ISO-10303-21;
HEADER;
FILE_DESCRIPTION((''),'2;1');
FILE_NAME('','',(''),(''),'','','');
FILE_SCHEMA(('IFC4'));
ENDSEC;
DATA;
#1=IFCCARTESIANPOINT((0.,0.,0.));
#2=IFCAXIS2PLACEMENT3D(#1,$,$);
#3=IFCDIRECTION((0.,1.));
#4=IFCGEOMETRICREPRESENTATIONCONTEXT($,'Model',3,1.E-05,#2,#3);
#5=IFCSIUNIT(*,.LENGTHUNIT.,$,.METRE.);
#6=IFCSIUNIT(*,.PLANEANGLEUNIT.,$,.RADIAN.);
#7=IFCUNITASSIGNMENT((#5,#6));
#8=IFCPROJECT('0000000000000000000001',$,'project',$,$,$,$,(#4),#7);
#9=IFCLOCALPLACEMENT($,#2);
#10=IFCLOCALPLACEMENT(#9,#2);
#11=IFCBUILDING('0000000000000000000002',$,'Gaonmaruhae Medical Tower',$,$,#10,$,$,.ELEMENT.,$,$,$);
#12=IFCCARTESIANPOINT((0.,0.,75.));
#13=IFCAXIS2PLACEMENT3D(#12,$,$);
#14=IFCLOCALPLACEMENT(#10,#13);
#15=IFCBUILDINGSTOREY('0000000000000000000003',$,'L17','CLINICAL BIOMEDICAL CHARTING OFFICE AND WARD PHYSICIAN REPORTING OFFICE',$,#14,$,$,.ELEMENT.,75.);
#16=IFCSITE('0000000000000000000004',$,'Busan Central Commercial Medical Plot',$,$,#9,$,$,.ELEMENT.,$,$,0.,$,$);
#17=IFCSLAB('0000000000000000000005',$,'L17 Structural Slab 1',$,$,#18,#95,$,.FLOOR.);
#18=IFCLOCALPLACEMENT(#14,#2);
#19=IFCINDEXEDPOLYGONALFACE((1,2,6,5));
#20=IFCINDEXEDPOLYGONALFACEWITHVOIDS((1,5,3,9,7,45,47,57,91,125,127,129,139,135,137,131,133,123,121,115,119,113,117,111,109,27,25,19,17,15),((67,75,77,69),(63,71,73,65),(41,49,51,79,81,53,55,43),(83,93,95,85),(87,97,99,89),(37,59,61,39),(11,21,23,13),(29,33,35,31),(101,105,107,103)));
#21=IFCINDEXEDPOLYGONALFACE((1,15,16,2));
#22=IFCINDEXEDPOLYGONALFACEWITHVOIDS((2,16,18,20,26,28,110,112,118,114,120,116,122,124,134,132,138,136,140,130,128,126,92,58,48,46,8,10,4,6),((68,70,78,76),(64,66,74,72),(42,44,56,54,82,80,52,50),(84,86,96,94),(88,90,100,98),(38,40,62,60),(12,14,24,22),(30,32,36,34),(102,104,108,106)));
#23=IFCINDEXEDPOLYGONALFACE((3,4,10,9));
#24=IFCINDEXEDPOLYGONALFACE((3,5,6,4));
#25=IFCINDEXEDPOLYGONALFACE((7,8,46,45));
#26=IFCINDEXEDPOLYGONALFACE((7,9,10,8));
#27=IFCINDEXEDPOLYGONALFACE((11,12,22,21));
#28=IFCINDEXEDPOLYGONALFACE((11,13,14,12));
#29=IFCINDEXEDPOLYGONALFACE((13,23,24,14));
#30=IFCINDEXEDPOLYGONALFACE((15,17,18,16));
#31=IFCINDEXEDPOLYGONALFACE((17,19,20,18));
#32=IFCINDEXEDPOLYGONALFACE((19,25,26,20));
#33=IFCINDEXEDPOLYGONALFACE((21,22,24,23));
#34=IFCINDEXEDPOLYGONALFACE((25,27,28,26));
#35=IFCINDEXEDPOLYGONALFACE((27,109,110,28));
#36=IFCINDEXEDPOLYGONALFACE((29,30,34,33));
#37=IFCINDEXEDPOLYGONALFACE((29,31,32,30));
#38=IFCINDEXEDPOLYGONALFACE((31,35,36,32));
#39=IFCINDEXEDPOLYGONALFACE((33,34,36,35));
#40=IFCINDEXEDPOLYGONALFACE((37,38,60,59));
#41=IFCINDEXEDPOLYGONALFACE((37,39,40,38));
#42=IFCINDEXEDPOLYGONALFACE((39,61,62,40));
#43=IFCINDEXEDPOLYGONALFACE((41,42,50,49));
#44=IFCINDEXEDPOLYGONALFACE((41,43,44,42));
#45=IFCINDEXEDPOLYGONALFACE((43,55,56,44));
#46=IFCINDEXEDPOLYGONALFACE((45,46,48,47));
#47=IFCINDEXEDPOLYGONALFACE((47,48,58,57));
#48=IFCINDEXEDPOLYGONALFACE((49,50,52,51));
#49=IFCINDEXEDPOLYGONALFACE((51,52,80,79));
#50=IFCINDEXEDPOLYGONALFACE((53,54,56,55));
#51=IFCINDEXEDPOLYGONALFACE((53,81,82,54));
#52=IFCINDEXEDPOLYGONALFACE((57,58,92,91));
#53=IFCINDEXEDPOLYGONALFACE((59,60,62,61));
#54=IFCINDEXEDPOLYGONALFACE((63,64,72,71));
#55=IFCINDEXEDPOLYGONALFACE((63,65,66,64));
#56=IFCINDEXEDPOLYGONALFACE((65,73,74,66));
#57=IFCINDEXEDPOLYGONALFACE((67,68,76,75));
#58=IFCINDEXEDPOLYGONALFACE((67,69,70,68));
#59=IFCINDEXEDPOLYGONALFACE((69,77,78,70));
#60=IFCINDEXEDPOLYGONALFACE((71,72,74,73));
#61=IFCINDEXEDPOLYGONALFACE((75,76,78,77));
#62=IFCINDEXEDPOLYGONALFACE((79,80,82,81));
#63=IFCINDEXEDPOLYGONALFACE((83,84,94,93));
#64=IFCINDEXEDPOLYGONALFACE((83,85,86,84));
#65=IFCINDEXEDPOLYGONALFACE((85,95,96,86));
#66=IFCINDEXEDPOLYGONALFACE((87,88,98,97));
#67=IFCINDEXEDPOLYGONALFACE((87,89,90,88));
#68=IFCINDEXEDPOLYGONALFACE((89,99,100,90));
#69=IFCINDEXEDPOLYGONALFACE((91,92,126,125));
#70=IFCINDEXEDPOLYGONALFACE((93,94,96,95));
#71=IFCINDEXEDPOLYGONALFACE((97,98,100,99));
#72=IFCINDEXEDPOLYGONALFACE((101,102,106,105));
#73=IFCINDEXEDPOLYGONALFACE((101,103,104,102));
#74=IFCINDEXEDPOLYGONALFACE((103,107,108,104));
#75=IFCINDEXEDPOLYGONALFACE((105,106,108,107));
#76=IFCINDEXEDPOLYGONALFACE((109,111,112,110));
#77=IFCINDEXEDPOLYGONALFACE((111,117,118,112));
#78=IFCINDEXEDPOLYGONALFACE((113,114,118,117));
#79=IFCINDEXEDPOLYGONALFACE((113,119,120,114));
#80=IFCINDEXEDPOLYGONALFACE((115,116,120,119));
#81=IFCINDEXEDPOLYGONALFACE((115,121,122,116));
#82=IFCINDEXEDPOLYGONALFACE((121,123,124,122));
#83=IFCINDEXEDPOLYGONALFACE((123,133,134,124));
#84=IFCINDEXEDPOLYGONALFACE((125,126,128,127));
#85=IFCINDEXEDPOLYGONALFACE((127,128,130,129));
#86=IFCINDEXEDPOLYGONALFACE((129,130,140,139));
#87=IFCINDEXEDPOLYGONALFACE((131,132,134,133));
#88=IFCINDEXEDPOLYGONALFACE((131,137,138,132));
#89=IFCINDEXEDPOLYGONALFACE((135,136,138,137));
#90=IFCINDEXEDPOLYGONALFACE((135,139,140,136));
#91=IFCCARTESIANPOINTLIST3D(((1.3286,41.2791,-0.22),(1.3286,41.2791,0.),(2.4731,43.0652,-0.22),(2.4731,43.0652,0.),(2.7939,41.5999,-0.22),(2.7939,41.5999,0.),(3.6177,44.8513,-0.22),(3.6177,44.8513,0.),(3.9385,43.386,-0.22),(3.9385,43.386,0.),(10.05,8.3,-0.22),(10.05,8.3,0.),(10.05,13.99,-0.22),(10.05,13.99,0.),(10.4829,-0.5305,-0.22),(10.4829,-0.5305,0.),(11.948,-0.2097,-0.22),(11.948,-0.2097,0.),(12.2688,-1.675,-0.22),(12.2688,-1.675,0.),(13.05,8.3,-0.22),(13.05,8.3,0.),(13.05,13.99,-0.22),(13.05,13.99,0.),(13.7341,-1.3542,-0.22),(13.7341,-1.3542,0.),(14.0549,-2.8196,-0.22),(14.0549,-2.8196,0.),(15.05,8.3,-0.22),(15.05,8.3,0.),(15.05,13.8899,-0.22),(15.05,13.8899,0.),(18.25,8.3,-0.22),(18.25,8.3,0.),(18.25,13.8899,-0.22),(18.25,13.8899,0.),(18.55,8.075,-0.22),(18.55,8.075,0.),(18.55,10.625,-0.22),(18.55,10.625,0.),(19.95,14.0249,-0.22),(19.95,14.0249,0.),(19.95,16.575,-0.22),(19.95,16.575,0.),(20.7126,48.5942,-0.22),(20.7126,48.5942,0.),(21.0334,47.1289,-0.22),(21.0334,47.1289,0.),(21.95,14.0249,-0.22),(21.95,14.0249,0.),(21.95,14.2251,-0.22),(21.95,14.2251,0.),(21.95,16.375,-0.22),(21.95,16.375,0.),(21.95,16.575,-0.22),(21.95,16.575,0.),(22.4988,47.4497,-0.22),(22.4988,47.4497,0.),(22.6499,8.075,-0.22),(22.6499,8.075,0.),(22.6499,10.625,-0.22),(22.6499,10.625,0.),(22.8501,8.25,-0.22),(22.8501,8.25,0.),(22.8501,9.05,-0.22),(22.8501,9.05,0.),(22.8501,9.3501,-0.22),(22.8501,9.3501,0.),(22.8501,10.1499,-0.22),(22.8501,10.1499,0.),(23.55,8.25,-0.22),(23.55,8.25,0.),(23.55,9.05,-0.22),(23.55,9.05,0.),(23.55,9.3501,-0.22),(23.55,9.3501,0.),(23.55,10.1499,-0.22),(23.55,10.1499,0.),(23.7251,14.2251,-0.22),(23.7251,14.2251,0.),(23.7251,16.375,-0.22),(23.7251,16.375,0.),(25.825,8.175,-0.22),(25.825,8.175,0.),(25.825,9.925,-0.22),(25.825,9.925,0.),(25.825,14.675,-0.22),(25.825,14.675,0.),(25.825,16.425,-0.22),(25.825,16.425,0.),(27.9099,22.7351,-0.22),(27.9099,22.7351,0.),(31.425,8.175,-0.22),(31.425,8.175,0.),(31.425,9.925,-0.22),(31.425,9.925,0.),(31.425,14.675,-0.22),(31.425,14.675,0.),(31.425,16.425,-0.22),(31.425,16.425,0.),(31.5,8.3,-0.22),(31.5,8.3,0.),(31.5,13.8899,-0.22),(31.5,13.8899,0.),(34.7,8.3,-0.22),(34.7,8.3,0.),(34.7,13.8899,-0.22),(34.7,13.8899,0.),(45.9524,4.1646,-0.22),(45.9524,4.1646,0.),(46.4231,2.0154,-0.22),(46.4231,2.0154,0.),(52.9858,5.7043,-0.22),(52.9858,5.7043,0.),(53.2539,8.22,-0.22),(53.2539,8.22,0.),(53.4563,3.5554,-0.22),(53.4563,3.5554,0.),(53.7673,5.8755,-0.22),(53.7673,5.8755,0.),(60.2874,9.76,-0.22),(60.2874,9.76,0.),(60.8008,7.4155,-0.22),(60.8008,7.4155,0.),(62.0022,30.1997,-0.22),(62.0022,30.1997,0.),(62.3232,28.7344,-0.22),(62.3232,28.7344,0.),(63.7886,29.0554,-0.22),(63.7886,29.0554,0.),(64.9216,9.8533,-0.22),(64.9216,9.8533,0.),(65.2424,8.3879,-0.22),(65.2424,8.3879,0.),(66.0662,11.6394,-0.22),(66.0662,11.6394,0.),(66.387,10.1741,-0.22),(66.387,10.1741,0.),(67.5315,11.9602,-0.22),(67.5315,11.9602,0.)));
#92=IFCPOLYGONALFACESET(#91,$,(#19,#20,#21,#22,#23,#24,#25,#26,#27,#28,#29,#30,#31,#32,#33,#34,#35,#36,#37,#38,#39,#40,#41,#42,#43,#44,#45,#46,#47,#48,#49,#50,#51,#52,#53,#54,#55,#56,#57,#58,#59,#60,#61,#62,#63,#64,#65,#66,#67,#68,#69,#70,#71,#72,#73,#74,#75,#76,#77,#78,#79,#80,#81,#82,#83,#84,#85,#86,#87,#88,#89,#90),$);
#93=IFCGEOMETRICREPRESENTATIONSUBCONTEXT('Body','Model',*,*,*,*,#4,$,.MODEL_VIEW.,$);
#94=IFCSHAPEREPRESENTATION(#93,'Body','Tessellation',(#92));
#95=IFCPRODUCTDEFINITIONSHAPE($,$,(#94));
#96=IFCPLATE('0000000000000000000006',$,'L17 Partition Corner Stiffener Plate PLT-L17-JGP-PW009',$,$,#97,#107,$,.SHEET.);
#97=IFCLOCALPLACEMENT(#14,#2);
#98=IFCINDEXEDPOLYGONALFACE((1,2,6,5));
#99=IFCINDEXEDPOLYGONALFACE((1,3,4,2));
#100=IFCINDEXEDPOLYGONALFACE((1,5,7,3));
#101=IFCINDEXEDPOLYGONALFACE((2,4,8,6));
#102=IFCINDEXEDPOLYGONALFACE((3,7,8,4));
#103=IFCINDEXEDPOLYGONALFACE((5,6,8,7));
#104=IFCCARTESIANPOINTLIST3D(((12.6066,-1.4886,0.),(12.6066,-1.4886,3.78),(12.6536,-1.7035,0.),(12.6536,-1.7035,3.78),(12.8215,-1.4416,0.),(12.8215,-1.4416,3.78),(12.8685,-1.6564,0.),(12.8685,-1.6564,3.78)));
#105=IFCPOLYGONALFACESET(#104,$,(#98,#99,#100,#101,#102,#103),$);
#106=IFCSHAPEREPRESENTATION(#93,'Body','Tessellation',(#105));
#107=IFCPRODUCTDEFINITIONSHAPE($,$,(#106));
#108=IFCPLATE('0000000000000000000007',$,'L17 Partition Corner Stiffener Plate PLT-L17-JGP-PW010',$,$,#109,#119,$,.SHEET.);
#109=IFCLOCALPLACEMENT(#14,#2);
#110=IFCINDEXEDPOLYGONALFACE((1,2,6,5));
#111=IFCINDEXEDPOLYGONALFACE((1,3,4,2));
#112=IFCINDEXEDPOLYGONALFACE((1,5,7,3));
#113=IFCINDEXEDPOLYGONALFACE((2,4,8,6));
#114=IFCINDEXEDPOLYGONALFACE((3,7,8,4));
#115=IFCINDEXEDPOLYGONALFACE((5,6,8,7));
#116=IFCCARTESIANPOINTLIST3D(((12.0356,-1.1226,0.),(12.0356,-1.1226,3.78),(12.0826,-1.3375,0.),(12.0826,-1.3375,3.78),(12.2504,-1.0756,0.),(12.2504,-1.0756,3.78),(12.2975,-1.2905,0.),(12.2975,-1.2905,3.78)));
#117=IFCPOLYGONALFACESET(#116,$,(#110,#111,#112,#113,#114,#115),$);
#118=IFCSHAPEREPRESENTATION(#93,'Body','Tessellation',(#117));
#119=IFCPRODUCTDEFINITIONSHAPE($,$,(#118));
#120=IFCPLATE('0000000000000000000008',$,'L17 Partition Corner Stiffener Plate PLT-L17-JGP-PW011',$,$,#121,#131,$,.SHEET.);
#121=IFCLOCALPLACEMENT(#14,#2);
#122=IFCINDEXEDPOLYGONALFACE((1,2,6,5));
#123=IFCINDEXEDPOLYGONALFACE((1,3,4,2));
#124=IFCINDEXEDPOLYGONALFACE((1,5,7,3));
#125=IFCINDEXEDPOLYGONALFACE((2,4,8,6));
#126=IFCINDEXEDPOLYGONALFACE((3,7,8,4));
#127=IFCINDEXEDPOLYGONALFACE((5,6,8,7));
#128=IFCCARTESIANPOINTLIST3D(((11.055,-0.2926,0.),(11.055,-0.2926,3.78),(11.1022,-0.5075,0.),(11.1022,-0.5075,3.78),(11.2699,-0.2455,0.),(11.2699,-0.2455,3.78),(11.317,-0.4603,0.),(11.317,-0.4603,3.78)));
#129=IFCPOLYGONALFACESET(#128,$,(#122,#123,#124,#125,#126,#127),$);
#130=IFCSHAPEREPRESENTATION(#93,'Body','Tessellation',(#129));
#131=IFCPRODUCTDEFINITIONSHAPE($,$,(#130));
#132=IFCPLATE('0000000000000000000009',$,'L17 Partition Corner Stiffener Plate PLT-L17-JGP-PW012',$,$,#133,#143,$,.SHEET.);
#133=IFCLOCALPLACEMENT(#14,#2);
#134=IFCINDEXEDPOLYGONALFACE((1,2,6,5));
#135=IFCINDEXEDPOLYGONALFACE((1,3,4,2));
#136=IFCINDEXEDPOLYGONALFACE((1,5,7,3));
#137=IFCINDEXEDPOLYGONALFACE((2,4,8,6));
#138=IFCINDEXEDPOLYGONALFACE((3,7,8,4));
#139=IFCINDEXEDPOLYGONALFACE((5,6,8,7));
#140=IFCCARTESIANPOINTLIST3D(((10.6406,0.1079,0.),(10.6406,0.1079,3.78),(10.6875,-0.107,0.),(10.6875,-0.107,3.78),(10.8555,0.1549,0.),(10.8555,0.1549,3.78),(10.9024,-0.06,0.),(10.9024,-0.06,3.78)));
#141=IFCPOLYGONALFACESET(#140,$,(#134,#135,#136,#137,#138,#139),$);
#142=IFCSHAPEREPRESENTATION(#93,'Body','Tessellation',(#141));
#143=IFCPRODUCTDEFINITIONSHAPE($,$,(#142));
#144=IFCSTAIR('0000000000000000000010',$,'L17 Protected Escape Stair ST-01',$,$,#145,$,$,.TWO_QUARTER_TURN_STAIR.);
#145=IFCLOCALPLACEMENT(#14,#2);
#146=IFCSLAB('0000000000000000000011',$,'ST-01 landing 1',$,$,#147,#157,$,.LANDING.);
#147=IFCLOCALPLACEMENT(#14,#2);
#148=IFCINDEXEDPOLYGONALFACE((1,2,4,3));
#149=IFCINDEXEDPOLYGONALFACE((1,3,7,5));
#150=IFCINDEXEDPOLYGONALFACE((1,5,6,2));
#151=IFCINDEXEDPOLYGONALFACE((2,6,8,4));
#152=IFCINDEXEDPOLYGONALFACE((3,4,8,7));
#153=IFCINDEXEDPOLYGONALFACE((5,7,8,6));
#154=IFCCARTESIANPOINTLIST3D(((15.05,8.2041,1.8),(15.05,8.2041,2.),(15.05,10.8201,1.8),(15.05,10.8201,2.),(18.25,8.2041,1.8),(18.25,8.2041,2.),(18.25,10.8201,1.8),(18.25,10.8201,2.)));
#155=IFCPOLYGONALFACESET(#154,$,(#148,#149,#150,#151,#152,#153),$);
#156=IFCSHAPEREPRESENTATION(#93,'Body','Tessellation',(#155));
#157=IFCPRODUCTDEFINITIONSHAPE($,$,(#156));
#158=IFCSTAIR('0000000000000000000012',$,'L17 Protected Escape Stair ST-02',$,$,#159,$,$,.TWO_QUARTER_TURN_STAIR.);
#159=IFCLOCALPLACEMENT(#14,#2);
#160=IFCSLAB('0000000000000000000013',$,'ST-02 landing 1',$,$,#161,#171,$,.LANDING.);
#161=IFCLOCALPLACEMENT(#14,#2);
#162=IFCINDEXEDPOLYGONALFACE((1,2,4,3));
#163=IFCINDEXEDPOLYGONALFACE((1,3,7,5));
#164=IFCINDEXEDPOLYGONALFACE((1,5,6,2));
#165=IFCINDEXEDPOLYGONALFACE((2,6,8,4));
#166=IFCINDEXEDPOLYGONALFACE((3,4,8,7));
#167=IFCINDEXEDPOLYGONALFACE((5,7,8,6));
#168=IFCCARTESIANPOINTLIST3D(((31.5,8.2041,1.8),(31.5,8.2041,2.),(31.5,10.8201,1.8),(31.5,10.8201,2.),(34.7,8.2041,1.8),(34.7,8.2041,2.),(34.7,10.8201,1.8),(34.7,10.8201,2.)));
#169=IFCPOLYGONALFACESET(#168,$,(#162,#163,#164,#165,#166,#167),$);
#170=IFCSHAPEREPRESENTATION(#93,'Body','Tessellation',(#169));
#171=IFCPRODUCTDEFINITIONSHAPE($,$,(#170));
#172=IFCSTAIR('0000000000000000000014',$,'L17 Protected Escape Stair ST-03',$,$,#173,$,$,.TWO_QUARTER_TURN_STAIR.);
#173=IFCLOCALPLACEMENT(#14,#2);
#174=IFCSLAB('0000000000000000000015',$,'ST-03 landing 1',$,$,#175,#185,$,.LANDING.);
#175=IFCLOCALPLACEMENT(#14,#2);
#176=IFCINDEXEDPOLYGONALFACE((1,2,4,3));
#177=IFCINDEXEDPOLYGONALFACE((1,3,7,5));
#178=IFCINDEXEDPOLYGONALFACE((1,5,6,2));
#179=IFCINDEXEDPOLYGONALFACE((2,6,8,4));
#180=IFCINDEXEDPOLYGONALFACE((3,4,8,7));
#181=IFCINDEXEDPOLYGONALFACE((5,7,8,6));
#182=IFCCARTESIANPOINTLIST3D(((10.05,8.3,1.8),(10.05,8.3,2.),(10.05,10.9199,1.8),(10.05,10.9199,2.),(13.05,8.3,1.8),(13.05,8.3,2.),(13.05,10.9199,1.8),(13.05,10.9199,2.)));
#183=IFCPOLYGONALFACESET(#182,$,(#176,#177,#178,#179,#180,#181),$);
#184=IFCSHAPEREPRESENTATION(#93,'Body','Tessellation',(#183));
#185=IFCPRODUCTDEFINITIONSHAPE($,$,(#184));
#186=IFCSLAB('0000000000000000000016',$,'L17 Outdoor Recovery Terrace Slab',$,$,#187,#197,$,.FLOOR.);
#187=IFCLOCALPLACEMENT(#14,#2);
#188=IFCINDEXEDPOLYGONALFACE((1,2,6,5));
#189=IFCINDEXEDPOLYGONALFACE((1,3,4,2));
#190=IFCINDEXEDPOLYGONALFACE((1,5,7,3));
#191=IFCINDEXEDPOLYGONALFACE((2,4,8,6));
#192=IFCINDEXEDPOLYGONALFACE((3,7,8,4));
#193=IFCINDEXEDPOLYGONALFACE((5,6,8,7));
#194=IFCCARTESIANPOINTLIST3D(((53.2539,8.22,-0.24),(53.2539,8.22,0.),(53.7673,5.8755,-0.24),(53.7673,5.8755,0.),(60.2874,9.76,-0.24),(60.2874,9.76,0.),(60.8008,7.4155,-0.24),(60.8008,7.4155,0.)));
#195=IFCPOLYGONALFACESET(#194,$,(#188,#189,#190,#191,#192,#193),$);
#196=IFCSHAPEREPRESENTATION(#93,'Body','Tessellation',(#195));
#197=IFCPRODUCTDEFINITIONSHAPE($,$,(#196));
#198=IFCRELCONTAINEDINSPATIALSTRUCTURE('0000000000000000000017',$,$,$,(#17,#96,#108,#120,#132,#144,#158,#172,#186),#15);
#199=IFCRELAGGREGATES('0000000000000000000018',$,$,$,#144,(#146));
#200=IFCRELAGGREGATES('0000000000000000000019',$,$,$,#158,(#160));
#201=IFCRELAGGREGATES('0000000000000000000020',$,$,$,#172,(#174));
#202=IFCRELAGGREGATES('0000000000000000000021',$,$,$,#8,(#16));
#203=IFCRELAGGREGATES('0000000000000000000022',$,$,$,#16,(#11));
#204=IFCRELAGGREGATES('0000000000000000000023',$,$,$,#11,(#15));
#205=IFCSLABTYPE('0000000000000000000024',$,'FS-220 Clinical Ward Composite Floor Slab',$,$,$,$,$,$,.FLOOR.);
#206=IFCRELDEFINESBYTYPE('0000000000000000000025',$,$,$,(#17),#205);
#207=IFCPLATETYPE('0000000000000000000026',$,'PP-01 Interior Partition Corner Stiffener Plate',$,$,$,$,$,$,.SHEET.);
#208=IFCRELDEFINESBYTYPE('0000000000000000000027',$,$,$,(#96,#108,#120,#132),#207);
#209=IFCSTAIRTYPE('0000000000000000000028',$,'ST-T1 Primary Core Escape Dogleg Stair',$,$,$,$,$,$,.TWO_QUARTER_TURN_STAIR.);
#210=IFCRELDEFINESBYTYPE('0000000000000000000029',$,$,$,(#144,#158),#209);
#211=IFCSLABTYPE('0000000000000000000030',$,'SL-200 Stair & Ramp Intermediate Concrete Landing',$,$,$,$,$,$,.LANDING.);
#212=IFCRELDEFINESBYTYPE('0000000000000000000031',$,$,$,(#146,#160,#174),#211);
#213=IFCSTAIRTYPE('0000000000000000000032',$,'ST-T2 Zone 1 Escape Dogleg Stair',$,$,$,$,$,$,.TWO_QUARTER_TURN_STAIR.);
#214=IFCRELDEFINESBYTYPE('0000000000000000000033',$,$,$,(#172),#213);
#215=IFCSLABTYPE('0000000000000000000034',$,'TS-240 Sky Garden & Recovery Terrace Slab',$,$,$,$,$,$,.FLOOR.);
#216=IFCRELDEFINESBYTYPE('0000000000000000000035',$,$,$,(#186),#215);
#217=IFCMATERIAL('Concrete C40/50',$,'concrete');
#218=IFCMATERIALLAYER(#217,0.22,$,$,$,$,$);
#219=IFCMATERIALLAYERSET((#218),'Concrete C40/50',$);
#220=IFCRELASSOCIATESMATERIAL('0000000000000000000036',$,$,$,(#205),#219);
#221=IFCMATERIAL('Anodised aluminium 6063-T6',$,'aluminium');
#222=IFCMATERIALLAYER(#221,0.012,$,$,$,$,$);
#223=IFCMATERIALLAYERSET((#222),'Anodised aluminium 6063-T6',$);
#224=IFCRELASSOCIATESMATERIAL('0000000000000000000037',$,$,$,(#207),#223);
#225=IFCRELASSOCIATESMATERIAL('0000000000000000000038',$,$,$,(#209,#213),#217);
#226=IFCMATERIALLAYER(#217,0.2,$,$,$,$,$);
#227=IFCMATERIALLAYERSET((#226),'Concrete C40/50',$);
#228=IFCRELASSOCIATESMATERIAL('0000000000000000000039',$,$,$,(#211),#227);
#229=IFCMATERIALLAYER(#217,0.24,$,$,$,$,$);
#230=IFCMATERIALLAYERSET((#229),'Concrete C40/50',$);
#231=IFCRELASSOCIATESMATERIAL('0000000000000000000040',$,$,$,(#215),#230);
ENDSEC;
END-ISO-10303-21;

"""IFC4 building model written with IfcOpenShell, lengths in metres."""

from ifc_helpers import new_model, si_unit, direction, frame, origin, origin_2d, place, context, subcontext, project, spatial, polyline, rectangle, outline, extrude, material, layer, layer_set, type_object, element, aggregate, save


model = new_model("IFC4")

# Units and contexts
model_context = context("Model", 3, precision=1e-05, world=origin(), true_north=direction((0.0, 1.0)))
body_context = subcontext(model_context, "Body", "Model", "MODEL_VIEW")
ifc_project = project(units=[si_unit("LENGTHUNIT", "METRE"), si_unit("PLANEANGLEUNIT", "RADIAN")], contexts=[model_context])

# Site, building, storey
site_placement = place(None, origin())
site = spatial("IfcSite", under=ifc_project, at=site_placement, Name="Busan Central Commercial Medical Plot", CompositionType="ELEMENT", RefElevation=0.0)
building_placement = place(site_placement, origin())
building = spatial("IfcBuilding", under=site, at=building_placement, Name="Gaonmaruhae Medical Tower", CompositionType="ELEMENT")
storey_placement = place(building_placement, frame((0.0, 0.0, 75.0)))
storey = spatial("IfcBuildingStorey", under=building, at=storey_placement, Name="L17", Description="CLINICAL BIOMEDICAL CHARTING OFFICE AND WARD PHYSICIAN REPORTING OFFICE", CompositionType="ELEMENT", Elevation=75.0)

# Slab
ifc_material_1 = material(Name="Concrete C40/50", Category="concrete")
ifc_layer_1 = layer(ifc_material_1, 0.22)
ifc_layer_set_1 = layer_set([ifc_layer_1], Name="Concrete C40/50")
slab_type_1 = type_object("IfcSlabType", Name="FS-220 Clinical Ward Composite Floor Slab", PredefinedType="FLOOR", material=ifc_layer_set_1)
slab_1_placement = place(storey_placement, frame((0.0, 0.0, -0.22)))
element("IfcSlab", 1, at=slab_1_placement, inside=storey, type_object=slab_type_1, Name="L17 Structural Slab 1", PredefinedType="FLOOR", context=body_context, shape_type="SweptSolid", body=[
    extrude(outline(polyline([(13.7341, -1.3542), (12.2688, -1.675), (11.948, -0.2097), (10.4829, -0.5305), (1.3286, 41.2791), (2.7939, 41.5999), (2.4731, 43.0652), (3.9385, 43.386), (3.6177, 44.8513), (20.7126, 48.5942), (21.0334, 47.1289), (22.4988, 47.4497), (27.9099, 22.7351), (62.0022, 30.1997), (62.3232, 28.7344), (63.7886, 29.0554), (67.5315, 11.9602), (66.0662, 11.6394), (66.387, 10.1741), (64.9216, 9.8533), (65.2424, 8.3879), (60.8008, 7.4155), (60.2874, 9.76), (53.2539, 8.22), (53.7673, 5.8755), (52.9858, 5.7043), (53.4563, 3.5554), (46.4231, 2.0154), (45.9524, 4.1646), (14.0549, -2.8196), (13.7341, -1.3542)]), holes=[polyline([(23.55, 8.25), (22.8501, 8.25), (22.8501, 9.05), (23.55, 9.05), (23.55, 8.25)]), polyline([(25.825, 9.925), (31.425, 9.925), (31.425, 8.175), (25.825, 8.175), (25.825, 9.925)]), polyline([(22.6499, 10.625), (22.6499, 8.075), (18.55, 8.075), (18.55, 10.625), (22.6499, 10.625)]), polyline([(23.55, 9.3501), (22.8501, 9.3501), (22.8501, 10.1499), (23.55, 10.1499), (23.55, 9.3501)]), polyline([(15.05, 13.8899), (18.25, 13.8899), (18.25, 8.3), (15.05, 8.3), (15.05, 13.8899)]), polyline([(31.5, 13.8899), (34.7, 13.8899), (34.7, 8.3), (31.5, 8.3), (31.5, 13.8899)]), polyline([(10.05, 13.99), (13.05, 13.99), (13.05, 8.3), (10.05, 8.3), (10.05, 13.99)]), polyline([(21.95, 14.0249), (19.95, 14.0249), (19.95, 16.575), (21.95, 16.575), (21.95, 16.375), (23.7251, 16.375), (23.7251, 14.2251), (21.95, 14.2251), (21.95, 14.0249)]), polyline([(31.425, 16.425), (31.425, 14.675), (25.825, 14.675), (25.825, 16.425), (31.425, 16.425)])]), origin(), (0.0, 0.0, 1.0), 0.22),
])

# Plates
ifc_material_2 = material(Name="Anodised aluminium 6063-T6", Category="aluminium")
ifc_layer_2 = layer(ifc_material_2, 0.012)
ifc_layer_set_2 = layer_set([ifc_layer_2], Name="Anodised aluminium 6063-T6")
plate_type = type_object("IfcPlateType", Name="PP-01 Interior Partition Corner Stiffener Plate", PredefinedType="SHEET", material=ifc_layer_set_2)
for number, where, z_axis, x_axis, name in (
    (2, (12.7375, -1.5725, 0.0), (0.0, 0.0, 1.0), (-0.976893, -0.213729, 0.0), "L17 Partition Corner Stiffener Plate PLT-L17-JGP-PW009"),
    (3, (12.1665, -1.2065, 0.0), (0.0, 0.0, 1.0), (-0.213729, 0.976893, 0.0), "L17 Partition Corner Stiffener Plate PLT-L17-JGP-PW010"),
    (4, (11.186, -0.3765, 0.0), (0.0, 0.0, 1.0), (-0.976736, -0.214446, 0.0), "L17 Partition Corner Stiffener Plate PLT-L17-JGP-PW011"),
    (5, (10.7715, 0.0239, 0.0), (0.0, 0.0, 1.0), (-0.213508, 0.976941, 0.0), "L17 Partition Corner Stiffener Plate PLT-L17-JGP-PW012"),
):
    element("IfcPlate", number, at=place(storey_placement, frame(where, z_axis=z_axis, x_axis=x_axis)), inside=storey, type_object=plate_type, Name=name, PredefinedType="SHEET", context=body_context, shape_type="SweptSolid", body=[
        extrude(rectangle(XDim=0.22, YDim=0.22, at=origin_2d()), origin(), (0.0, 0.0, 1.0), 3.78),
    ])

# Stairs, slabs
stair_type_1 = type_object("IfcStairType", Name="ST-T1 Primary Core Escape Dogleg Stair", PredefinedType="TWO_QUARTER_TURN_STAIR", material=ifc_material_1)
stair_1_placement = place(storey_placement, origin())
stair_1 = element("IfcStair", 6, at=stair_1_placement, inside=storey, type_object=stair_type_1, Name="L17 Protected Escape Stair ST-01", PredefinedType="TWO_QUARTER_TURN_STAIR")
ifc_layer_3 = layer(ifc_material_1, 0.2)
ifc_layer_set_3 = layer_set([ifc_layer_3], Name="Concrete C40/50")
slab_type_2 = type_object("IfcSlabType", Name="SL-200 Stair & Ramp Intermediate Concrete Landing", PredefinedType="LANDING", material=ifc_layer_set_3)
slab_2_placement = place(storey_placement, frame((0.0, 0.0, 1.8)))
slab_2 = element("IfcSlab", 7, at=slab_2_placement, type_object=slab_type_2, Name="ST-01 landing 1", PredefinedType="LANDING", context=body_context, shape_type="SweptSolid", body=[
    extrude(outline(polyline([(15.05, 10.8201), (15.05, 8.2041), (18.25, 8.2041), (18.25, 10.8201), (15.05, 10.8201)])), origin(), (0.0, 0.0, 1.0), 0.2),
])
aggregate(stair_1, [slab_2])
stair_2_placement = place(storey_placement, origin())
stair_2 = element("IfcStair", 8, at=stair_2_placement, inside=storey, type_object=stair_type_1, Name="L17 Protected Escape Stair ST-02", PredefinedType="TWO_QUARTER_TURN_STAIR")
slab_3_placement = place(storey_placement, frame((0.0, 0.0, 1.8)))
slab_3 = element("IfcSlab", 9, at=slab_3_placement, type_object=slab_type_2, Name="ST-02 landing 1", PredefinedType="LANDING", context=body_context, shape_type="SweptSolid", body=[
    extrude(outline(polyline([(31.5, 10.8201), (31.5, 8.2041), (34.7, 8.2041), (34.7, 10.8201), (31.5, 10.8201)])), origin(), (0.0, 0.0, 1.0), 0.2),
])
aggregate(stair_2, [slab_3])
stair_type_2 = type_object("IfcStairType", Name="ST-T2 Zone 1 Escape Dogleg Stair", PredefinedType="TWO_QUARTER_TURN_STAIR", material=ifc_material_1)
stair_3_placement = place(storey_placement, origin())
stair_3 = element("IfcStair", 10, at=stair_3_placement, inside=storey, type_object=stair_type_2, Name="L17 Protected Escape Stair ST-03", PredefinedType="TWO_QUARTER_TURN_STAIR")
slab_4_placement = place(storey_placement, frame((0.0, 0.0, 1.8)))
slab_4 = element("IfcSlab", 11, at=slab_4_placement, type_object=slab_type_2, Name="ST-03 landing 1", PredefinedType="LANDING", context=body_context, shape_type="SweptSolid", body=[
    extrude(outline(polyline([(10.05, 10.9199), (10.05, 8.3), (13.05, 8.3), (13.05, 10.9199), (10.05, 10.9199)])), origin(), (0.0, 0.0, 1.0), 0.2),
])
aggregate(stair_3, [slab_4])

# Slab
ifc_layer_4 = layer(ifc_material_1, 0.24)
ifc_layer_set_4 = layer_set([ifc_layer_4], Name="Concrete C40/50")
slab_type_3 = type_object("IfcSlabType", Name="TS-240 Sky Garden & Recovery Terrace Slab", PredefinedType="FLOOR", material=ifc_layer_set_4)
slab_5_placement = place(storey_placement, frame((0.0, 0.0, -0.24)))
element("IfcSlab", 12, at=slab_5_placement, inside=storey, type_object=slab_type_3, Name="L17 Outdoor Recovery Terrace Slab", PredefinedType="FLOOR", context=body_context, shape_type="SweptSolid", body=[
    extrude(outline(polyline([(53.7673, 5.8755), (60.8008, 7.4155), (60.2874, 9.76), (53.2539, 8.22), (53.7673, 5.8755)])), origin(), (0.0, 0.0, 1.0), 0.24),
])

save(model, "model.ifc")
